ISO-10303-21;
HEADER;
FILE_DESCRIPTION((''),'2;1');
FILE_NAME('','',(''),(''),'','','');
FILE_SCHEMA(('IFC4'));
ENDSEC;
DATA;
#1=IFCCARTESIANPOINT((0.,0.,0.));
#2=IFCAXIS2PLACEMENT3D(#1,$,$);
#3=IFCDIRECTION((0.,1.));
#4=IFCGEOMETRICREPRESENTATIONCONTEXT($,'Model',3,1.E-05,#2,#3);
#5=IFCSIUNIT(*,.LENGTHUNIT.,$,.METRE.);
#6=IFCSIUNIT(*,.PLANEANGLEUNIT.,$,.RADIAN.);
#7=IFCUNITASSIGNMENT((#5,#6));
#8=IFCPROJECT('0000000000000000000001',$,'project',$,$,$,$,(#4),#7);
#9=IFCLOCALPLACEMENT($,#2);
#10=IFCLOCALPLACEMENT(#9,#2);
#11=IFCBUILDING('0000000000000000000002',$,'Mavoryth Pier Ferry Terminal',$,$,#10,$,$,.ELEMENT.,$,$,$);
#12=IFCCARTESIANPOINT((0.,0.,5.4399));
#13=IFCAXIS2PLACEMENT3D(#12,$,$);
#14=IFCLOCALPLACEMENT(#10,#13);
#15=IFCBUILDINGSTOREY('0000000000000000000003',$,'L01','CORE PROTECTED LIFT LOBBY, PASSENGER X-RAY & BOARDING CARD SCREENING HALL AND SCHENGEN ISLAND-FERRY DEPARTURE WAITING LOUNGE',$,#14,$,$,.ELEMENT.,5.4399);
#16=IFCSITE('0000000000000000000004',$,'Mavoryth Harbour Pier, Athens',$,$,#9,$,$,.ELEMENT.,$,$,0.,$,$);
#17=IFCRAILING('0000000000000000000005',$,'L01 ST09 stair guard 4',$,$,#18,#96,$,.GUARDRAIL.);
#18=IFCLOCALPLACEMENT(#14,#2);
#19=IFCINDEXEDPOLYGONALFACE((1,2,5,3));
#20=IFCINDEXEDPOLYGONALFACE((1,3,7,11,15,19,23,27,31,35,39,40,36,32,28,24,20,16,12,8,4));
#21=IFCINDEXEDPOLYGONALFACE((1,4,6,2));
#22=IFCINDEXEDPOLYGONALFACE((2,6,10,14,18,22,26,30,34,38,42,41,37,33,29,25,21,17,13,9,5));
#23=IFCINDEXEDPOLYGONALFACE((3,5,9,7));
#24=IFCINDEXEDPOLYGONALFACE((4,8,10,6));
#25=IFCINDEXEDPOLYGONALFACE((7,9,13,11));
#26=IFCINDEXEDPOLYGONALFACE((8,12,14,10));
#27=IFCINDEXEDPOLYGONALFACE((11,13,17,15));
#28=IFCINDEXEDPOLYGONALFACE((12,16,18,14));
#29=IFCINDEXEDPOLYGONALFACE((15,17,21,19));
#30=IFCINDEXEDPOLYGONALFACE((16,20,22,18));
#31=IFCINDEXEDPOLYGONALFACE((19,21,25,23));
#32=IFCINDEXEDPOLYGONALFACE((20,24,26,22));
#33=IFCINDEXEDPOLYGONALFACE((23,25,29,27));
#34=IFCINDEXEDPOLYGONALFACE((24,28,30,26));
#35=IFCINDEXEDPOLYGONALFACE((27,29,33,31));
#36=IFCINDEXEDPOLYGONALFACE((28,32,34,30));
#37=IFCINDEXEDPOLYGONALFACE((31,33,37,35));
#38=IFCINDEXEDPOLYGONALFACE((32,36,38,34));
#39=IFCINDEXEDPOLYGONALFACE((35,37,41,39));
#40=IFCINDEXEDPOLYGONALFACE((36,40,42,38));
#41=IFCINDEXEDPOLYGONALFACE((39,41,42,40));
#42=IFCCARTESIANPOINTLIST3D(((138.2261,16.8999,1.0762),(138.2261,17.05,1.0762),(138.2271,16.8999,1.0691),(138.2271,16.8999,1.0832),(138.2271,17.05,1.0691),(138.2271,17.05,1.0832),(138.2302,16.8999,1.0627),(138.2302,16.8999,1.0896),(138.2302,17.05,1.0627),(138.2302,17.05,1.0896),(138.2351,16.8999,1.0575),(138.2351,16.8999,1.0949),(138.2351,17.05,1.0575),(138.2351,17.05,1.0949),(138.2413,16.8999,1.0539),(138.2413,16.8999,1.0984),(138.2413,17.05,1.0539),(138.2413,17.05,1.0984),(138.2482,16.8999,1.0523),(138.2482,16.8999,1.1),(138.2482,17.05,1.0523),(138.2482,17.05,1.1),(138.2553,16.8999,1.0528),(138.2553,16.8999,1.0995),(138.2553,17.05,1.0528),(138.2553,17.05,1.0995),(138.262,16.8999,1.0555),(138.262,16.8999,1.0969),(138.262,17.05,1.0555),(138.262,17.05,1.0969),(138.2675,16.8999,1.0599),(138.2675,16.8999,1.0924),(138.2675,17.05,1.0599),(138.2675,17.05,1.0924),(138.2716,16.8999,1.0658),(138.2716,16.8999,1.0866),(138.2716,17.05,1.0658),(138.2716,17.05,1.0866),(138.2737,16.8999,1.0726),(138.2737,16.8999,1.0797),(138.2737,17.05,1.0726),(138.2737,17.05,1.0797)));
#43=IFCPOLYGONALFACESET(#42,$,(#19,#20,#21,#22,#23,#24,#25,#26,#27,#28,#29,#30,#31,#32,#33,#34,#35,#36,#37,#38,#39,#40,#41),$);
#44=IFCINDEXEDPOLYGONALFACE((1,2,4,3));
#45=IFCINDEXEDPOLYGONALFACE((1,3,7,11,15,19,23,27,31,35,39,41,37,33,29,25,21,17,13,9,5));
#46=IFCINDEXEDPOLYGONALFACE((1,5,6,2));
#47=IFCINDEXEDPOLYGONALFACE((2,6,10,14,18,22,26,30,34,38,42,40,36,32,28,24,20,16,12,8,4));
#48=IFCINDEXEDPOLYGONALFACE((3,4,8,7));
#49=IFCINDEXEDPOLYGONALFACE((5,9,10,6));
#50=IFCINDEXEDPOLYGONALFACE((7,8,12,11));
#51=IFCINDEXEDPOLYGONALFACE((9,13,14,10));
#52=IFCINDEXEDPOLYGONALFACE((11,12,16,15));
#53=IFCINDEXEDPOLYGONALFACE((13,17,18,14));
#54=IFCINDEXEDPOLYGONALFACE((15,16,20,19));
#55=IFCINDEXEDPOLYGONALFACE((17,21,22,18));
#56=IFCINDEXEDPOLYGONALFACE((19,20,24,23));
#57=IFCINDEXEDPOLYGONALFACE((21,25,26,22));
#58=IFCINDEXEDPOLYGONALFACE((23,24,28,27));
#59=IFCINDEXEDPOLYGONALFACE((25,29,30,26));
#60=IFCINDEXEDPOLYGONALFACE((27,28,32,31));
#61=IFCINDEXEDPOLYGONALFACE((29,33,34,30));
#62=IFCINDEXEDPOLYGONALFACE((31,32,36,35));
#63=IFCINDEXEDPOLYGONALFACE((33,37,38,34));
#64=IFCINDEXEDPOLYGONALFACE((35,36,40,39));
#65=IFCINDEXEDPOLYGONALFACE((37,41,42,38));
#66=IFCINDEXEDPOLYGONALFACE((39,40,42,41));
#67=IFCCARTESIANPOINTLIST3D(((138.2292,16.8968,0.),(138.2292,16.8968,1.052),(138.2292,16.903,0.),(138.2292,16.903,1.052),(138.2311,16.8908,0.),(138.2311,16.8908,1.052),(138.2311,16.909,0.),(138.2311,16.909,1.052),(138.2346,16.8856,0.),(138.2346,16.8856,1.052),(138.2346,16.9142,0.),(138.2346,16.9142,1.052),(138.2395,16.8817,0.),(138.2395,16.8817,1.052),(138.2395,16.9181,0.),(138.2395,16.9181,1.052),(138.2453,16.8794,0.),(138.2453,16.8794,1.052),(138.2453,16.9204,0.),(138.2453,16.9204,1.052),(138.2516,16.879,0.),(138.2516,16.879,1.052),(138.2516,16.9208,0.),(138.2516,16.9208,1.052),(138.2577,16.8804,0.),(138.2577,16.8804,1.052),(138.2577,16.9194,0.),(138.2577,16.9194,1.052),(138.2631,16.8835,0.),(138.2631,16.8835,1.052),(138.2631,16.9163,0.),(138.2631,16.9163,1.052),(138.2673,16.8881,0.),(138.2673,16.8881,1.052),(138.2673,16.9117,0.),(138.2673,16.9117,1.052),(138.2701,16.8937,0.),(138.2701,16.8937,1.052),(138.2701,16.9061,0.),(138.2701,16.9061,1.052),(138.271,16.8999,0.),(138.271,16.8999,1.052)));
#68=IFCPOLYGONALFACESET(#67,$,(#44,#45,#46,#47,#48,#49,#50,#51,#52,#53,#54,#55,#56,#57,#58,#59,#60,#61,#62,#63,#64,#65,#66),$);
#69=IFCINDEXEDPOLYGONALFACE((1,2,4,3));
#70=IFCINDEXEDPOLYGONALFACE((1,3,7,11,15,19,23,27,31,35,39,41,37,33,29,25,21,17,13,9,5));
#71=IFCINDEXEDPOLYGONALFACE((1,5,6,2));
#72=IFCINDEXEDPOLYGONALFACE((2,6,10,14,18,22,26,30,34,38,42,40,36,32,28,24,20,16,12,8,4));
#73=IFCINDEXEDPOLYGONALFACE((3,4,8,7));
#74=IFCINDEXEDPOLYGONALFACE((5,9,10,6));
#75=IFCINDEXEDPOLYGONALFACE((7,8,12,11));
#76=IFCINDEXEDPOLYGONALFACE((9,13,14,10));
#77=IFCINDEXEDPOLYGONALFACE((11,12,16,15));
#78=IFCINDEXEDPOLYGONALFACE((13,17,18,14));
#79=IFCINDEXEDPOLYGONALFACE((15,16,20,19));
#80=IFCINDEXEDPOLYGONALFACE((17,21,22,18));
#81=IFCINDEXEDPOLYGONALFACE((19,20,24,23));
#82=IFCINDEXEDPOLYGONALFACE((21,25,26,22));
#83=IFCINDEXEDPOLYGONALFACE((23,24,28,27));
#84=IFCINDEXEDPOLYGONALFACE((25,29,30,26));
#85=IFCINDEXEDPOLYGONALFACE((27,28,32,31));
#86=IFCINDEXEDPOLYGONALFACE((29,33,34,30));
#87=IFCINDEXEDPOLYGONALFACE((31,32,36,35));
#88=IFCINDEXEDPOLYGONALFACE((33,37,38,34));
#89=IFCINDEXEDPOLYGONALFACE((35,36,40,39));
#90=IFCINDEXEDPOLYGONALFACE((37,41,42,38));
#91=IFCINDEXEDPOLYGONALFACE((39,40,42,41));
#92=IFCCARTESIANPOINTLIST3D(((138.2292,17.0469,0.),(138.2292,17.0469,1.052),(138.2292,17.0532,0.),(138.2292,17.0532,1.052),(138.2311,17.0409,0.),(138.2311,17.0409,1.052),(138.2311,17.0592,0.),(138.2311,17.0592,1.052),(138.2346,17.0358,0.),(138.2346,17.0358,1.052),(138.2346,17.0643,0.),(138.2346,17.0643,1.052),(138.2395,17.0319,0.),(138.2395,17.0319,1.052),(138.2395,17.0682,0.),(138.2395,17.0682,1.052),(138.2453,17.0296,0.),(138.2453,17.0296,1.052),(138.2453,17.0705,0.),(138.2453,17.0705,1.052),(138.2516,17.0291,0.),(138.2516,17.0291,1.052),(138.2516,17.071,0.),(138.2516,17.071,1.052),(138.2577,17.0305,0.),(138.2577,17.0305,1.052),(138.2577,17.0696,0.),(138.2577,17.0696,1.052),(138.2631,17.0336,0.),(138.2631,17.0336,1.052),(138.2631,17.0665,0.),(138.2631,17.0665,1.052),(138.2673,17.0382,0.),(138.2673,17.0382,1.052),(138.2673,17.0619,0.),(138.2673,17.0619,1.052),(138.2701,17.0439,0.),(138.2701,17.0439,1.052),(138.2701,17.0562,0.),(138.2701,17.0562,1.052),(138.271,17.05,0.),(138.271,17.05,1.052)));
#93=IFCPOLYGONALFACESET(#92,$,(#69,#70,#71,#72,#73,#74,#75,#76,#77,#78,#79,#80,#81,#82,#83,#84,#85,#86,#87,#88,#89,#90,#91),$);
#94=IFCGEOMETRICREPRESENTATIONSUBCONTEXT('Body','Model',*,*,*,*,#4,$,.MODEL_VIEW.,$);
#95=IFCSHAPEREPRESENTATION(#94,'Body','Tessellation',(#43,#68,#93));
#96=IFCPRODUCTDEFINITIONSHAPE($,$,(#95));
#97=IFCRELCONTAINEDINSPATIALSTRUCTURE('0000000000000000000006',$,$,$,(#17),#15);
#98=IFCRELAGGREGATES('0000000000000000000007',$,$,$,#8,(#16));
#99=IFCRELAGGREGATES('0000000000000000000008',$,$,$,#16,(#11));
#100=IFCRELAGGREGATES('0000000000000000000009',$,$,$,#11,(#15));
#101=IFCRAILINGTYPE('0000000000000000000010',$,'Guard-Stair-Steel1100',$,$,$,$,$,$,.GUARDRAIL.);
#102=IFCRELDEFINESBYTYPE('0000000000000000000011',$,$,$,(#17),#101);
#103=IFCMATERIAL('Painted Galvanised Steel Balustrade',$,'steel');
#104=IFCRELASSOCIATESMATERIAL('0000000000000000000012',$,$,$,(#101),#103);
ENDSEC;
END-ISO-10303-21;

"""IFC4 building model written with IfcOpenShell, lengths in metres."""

from ifc_helpers import new_model, si_unit, direction, frame, origin, origin_2d, place, context, subcontext, project, spatial, circle, extrude, material, type_object, element, save


model = new_model("IFC4")

# Units and contexts
model_context = context("Model", 3, precision=1e-05, world=origin(), true_north=direction((0.0, 1.0)))
body_context = subcontext(model_context, "Body", "Model", "MODEL_VIEW")
ifc_project = project(units=[si_unit("LENGTHUNIT", "METRE"), si_unit("PLANEANGLEUNIT", "RADIAN")], contexts=[model_context])

# Site, building, storey
site_placement = place(None, origin())
site = spatial("IfcSite", under=ifc_project, at=site_placement, Name="Mavoryth Harbour Pier, Athens", CompositionType="ELEMENT", RefElevation=0.0)
building_placement = place(site_placement, origin())
building = spatial("IfcBuilding", under=site, at=building_placement, Name="Mavoryth Pier Ferry Terminal", CompositionType="ELEMENT")
storey_placement = place(building_placement, frame((0.0, 0.0, 5.4399)))
storey = spatial("IfcBuildingStorey", under=building, at=storey_placement, Name="L01", Description="CORE PROTECTED LIFT LOBBY, PASSENGER X-RAY & BOARDING CARD SCREENING HALL AND SCHENGEN ISLAND-FERRY DEPARTURE WAITING LOUNGE", CompositionType="ELEMENT", Elevation=5.4399)

# Railing
ifc_material_1 = material(Name="Painted Galvanised Steel Balustrade", Category="steel")
railing_type_1 = type_object("IfcRailingType", Name="Guard-Stair-Steel1100", PredefinedType="GUARDRAIL", material=ifc_material_1)
railing_1_placement = place(storey_placement, frame((138.25, 16.8999, 0.0)))
element("IfcRailing", 1, at=railing_1_placement, inside=storey, type_object=railing_type_1, Name="L01 ST09 stair guard 4", PredefinedType="GUARDRAIL", context=body_context, shape_type="SweptSolid", body=[
    extrude(circle(Radius=0.0239, at=origin_2d()), frame((0.0, 0.0, 1.0762), z_axis=(0.0, 1.0, 0.0), x_axis=(-1.0, 0.0, 0.0)), (0.0, 0.0, 1.0), 0.1501),
    extrude(circle(Radius=0.021, at=origin_2d()), origin(), (0.0, 0.0, 1.0), 1.052),
    extrude(circle(Radius=0.021, at=origin_2d()), frame((0.0, 0.1501, 0.0)), (0.0, 0.0, 1.0), 1.052),
])

save(model, "model.ifc")
